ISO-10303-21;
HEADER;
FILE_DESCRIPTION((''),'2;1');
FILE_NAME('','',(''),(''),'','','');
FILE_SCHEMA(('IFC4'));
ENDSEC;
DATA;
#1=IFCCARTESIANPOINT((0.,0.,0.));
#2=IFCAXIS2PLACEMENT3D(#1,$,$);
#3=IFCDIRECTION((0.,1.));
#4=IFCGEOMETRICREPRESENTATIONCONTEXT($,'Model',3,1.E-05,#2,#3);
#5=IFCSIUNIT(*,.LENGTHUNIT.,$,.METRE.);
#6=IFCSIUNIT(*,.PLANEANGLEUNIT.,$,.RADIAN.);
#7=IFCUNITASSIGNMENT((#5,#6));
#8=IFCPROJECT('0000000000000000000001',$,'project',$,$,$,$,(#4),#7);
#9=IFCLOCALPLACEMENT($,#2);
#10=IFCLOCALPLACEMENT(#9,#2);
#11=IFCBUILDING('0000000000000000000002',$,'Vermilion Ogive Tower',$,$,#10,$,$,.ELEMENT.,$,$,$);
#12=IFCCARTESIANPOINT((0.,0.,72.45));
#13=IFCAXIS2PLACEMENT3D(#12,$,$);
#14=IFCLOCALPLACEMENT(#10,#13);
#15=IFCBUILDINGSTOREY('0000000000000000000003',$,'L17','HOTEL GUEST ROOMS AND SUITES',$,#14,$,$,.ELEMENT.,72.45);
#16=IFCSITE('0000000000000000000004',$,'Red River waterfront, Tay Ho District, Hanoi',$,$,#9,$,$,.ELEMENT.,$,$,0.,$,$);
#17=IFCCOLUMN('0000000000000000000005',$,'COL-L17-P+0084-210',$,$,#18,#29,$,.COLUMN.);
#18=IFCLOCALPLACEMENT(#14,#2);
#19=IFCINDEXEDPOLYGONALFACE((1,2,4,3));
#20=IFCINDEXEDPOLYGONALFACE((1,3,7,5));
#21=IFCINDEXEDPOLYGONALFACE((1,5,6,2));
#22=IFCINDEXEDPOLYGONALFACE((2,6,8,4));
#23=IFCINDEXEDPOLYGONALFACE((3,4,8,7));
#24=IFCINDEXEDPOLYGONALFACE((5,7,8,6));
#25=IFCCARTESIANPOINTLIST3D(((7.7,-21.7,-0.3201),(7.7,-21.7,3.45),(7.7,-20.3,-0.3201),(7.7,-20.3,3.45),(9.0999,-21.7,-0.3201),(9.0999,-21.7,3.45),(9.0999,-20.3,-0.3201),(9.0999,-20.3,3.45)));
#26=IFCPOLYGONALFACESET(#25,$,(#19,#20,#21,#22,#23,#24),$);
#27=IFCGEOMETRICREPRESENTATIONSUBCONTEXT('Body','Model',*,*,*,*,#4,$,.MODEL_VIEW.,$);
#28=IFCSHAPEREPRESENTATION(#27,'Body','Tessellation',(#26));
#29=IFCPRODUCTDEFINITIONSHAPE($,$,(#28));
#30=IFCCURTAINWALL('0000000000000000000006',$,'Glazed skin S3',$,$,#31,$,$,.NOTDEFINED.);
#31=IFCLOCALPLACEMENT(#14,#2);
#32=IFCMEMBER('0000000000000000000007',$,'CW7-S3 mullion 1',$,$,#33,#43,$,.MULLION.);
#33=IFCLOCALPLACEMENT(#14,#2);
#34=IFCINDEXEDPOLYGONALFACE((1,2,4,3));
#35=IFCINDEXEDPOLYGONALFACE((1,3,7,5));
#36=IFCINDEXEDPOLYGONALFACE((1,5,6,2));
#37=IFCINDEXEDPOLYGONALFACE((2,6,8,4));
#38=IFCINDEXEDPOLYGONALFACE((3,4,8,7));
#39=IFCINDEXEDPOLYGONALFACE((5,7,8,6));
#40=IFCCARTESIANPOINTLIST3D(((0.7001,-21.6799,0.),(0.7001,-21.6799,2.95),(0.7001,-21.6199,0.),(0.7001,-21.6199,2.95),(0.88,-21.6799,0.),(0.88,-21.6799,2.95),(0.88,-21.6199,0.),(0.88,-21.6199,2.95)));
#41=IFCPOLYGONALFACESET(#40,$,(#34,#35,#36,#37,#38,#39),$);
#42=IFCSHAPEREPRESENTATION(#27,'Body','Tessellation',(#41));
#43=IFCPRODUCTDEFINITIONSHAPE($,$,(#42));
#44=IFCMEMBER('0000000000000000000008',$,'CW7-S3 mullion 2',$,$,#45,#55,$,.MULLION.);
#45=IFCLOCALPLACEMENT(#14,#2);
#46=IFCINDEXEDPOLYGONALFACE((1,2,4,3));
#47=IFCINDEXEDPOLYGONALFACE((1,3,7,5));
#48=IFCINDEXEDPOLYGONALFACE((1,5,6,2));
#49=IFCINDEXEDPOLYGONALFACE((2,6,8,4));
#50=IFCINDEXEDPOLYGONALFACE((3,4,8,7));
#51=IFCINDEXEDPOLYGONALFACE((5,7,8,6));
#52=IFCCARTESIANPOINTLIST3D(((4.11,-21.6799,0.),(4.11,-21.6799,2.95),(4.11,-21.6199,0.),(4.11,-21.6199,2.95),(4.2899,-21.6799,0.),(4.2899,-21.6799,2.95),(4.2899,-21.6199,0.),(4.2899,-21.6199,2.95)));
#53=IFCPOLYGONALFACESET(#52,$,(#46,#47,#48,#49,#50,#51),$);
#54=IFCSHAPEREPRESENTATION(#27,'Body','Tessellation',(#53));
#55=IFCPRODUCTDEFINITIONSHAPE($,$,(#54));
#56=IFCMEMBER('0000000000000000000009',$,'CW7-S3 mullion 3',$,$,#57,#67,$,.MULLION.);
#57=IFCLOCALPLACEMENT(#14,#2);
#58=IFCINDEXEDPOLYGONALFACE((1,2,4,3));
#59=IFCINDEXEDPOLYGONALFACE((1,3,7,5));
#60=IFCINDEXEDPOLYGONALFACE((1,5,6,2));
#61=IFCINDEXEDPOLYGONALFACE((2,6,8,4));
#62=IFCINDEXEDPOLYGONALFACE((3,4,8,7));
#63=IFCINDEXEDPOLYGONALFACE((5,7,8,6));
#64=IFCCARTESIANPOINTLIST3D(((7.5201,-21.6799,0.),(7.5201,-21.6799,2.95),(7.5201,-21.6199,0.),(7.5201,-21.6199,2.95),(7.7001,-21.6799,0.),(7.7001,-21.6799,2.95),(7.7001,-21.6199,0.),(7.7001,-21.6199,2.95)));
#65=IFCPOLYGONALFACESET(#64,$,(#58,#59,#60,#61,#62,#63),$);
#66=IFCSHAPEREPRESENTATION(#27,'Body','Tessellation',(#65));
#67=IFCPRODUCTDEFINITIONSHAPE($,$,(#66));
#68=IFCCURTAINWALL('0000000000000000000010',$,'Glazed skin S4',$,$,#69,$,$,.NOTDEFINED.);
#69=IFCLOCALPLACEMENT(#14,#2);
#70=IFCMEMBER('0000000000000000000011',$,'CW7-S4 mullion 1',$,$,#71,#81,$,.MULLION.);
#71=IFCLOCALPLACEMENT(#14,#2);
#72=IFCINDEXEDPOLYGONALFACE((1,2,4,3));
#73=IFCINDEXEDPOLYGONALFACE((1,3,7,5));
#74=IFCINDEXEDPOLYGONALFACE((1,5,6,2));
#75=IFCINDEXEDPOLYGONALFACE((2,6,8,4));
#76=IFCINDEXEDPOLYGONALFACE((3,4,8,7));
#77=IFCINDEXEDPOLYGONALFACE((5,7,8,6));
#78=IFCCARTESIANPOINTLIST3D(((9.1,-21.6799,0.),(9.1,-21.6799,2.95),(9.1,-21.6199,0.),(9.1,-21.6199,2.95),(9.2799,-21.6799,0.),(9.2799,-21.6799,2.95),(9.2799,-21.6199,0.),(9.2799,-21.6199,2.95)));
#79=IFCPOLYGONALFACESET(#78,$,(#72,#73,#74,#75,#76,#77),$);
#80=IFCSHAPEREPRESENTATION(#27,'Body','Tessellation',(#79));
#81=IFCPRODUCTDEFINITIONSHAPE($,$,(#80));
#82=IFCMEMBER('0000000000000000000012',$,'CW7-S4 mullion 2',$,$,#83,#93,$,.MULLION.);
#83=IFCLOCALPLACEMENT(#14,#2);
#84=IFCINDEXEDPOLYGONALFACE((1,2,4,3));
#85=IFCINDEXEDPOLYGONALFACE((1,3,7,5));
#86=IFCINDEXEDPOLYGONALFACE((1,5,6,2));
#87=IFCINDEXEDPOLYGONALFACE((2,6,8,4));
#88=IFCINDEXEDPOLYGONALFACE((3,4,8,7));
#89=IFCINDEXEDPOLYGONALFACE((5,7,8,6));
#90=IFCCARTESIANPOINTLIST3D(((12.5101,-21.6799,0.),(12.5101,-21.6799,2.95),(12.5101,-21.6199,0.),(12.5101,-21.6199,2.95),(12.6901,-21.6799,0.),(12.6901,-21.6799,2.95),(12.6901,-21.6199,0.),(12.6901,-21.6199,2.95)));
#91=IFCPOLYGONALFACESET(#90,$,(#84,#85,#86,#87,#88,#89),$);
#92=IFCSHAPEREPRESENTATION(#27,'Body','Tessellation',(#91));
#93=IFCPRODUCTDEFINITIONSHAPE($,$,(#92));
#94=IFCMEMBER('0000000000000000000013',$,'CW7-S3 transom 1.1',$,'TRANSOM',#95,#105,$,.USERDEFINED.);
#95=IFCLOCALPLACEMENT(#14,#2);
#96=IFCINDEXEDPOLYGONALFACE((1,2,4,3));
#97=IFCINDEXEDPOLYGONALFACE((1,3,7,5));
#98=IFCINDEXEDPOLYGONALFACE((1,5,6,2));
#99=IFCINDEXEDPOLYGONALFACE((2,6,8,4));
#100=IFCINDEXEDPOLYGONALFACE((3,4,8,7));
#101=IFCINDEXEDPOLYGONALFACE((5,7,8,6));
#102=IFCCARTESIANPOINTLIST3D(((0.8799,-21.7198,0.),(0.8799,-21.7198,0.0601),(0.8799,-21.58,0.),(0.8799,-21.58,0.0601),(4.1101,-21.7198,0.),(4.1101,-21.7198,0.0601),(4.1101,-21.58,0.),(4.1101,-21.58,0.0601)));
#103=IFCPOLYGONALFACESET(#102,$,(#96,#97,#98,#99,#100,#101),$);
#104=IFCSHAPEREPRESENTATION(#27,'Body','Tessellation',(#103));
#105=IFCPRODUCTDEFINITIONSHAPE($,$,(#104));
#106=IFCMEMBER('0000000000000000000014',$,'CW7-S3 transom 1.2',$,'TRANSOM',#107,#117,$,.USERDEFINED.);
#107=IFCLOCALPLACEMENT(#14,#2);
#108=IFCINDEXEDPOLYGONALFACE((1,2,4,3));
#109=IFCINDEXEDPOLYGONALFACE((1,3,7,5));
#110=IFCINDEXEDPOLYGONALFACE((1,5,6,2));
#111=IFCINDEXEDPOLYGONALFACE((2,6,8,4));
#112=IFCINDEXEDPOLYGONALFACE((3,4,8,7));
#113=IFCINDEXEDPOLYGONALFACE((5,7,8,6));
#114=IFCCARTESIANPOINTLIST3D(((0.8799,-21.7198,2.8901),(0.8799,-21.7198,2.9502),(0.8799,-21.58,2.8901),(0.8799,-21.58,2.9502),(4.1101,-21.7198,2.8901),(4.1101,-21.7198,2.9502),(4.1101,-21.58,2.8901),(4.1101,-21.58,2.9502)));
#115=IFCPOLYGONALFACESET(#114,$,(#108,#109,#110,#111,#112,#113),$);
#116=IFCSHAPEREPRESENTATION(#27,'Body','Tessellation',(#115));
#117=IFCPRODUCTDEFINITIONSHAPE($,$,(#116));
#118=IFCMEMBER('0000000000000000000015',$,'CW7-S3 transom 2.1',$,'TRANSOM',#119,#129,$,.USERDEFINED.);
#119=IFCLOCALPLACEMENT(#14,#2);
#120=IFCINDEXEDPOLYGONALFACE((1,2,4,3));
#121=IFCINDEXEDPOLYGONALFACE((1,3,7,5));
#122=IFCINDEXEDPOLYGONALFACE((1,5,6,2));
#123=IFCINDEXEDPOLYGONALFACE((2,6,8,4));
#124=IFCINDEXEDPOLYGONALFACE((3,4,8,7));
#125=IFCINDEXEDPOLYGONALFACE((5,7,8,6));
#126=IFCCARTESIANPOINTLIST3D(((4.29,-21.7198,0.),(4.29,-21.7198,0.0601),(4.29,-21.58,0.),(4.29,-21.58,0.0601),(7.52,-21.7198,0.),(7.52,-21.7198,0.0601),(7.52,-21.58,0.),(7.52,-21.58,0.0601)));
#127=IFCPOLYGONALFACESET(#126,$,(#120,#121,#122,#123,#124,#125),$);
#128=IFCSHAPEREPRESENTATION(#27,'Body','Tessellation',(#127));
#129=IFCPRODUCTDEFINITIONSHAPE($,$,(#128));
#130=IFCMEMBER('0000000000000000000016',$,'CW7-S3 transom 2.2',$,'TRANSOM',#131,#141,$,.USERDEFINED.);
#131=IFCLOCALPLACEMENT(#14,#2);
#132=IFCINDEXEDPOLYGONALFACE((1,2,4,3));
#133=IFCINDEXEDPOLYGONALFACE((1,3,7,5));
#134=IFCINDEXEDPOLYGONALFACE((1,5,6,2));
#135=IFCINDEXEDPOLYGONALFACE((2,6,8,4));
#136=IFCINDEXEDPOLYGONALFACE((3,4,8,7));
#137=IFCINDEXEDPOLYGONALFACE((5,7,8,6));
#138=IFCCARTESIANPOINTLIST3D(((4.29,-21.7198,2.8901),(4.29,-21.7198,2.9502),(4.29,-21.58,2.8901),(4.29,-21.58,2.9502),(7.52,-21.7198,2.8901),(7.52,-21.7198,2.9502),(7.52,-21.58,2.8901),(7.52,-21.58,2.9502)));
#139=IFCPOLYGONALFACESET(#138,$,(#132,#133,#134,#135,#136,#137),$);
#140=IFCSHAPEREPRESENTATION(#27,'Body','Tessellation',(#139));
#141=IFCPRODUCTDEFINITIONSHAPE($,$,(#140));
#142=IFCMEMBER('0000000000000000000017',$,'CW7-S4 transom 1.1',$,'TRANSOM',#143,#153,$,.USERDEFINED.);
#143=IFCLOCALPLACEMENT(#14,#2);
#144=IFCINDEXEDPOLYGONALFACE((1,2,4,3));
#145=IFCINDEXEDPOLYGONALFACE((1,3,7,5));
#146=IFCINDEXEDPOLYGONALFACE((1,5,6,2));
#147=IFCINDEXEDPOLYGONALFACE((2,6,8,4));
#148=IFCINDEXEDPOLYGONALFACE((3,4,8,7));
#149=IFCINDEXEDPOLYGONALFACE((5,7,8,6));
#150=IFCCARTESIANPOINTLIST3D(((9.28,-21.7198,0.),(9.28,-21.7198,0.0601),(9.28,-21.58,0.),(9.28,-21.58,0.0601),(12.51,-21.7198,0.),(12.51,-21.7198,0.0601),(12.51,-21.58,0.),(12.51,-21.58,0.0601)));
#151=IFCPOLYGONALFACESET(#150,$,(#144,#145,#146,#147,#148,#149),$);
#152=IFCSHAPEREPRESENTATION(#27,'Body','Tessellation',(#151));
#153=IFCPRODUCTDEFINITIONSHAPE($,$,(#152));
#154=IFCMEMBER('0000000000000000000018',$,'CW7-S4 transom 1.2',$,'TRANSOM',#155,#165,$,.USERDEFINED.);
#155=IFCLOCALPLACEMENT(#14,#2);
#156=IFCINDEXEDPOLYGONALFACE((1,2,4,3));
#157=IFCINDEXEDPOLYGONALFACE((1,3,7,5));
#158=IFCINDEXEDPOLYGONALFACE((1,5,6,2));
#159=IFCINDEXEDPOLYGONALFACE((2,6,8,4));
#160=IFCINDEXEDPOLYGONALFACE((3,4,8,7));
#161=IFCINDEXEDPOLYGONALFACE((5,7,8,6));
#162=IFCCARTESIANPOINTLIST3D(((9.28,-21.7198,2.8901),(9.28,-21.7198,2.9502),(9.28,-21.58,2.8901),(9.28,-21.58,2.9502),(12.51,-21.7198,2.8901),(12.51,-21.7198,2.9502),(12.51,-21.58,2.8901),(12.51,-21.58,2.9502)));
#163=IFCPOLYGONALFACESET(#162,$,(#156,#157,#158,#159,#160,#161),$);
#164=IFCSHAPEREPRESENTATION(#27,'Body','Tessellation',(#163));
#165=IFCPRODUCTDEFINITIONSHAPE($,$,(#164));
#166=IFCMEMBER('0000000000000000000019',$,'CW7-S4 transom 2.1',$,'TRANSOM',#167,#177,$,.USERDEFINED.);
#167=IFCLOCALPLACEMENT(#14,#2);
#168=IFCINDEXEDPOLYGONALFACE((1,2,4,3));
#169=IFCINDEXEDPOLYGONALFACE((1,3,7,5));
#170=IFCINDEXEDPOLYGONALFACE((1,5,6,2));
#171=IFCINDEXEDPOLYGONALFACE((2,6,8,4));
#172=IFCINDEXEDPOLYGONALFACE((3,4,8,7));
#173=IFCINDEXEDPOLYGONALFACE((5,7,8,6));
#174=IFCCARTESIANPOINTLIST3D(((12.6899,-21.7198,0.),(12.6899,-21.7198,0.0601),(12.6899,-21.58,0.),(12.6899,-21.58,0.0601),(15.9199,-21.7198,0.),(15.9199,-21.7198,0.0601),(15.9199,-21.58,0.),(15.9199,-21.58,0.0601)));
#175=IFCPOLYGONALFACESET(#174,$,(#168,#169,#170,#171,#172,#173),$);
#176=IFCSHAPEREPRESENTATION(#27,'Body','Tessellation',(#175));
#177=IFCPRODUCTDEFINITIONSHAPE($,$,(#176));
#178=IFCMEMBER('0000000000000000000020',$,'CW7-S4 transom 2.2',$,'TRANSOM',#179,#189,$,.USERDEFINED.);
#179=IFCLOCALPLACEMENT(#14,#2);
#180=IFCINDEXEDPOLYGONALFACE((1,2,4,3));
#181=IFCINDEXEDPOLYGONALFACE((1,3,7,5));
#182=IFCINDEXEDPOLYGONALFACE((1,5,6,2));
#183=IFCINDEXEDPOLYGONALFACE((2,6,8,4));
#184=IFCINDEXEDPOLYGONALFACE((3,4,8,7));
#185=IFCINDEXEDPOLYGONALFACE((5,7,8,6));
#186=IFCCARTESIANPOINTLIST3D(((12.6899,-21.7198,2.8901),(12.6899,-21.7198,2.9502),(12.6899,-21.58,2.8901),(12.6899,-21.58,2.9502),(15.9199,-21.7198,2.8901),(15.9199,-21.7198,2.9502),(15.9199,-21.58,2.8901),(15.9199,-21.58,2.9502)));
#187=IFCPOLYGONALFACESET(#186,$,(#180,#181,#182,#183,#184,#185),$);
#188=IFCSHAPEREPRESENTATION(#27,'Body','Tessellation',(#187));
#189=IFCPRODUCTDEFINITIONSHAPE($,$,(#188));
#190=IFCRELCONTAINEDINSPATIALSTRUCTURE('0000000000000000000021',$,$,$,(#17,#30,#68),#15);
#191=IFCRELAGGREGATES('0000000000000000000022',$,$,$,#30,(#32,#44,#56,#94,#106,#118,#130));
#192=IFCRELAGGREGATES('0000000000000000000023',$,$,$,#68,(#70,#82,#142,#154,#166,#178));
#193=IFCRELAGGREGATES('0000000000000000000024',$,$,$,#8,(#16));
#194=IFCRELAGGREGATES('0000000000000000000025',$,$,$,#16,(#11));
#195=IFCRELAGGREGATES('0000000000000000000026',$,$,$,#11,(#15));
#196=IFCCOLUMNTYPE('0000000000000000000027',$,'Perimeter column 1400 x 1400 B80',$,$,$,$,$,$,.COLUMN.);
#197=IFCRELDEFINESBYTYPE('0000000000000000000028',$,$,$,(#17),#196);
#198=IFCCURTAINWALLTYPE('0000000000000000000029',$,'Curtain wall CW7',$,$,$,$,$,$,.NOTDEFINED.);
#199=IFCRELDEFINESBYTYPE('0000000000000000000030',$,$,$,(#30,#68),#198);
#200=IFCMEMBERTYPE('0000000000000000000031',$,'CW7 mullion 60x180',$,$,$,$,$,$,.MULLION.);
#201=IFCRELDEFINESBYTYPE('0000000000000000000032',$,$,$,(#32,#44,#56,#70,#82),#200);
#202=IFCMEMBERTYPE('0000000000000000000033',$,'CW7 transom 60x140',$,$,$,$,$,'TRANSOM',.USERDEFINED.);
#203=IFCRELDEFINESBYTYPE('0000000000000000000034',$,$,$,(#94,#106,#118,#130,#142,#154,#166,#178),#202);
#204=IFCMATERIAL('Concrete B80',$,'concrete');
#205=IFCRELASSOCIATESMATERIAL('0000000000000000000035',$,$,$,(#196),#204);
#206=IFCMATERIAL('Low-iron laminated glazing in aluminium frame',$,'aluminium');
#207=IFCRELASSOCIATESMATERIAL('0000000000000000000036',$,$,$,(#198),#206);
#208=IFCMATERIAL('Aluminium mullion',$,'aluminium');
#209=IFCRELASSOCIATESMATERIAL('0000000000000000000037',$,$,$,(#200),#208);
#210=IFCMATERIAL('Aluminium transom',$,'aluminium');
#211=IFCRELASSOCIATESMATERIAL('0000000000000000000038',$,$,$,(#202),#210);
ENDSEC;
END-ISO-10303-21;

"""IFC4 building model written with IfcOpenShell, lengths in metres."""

from ifc_helpers import new_model, si_unit, direction, frame, origin, origin_2d, place, context, subcontext, project, spatial, rectangle, extrude, material, material_profile, profile_set, type_object, element, aggregate, save


model = new_model("IFC4")

# Units and contexts
model_context = context("Model", 3, precision=1e-05, world=origin(), true_north=direction((0.0, 1.0)))
body_context = subcontext(model_context, "Body", "Model", "MODEL_VIEW")
ifc_project = project(units=[si_unit("LENGTHUNIT", "METRE"), si_unit("PLANEANGLEUNIT", "RADIAN")], contexts=[model_context])

# Site, building, storey
site_placement = place(None, origin())
site = spatial("IfcSite", under=ifc_project, at=site_placement, Name="Red River waterfront, Tay Ho District, Hanoi", CompositionType="ELEMENT", RefElevation=0.0)
building_placement = place(site_placement, origin())
building = spatial("IfcBuilding", under=site, at=building_placement, Name="Vermilion Ogive Tower", CompositionType="ELEMENT")
storey_placement = place(building_placement, frame((0.0, 0.0, 72.45)))
storey = spatial("IfcBuildingStorey", under=building, at=storey_placement, Name="L17", Description="HOTEL GUEST ROOMS AND SUITES", CompositionType="ELEMENT", Elevation=72.45)

# Column
ifc_material_1 = material(Name="Concrete B80", Category="concrete")
ifc_material_profile_1 = material_profile(ifc_material_1, rectangle(XDim=1.3999, YDim=1.3999, at=origin_2d()), Name="1400 x 1400")
ifc_profile_set_1 = profile_set([ifc_material_profile_1], Name="Concrete B80")
column_type = type_object("IfcColumnType", Name="Perimeter column 1400 x 1400 B80", PredefinedType="COLUMN", material=ifc_profile_set_1)
column_placement = place(storey_placement, frame((8.3999, -21.0, -0.3201), z_axis=(0.0, 0.0, 1.0), x_axis=(1.0, 0.0, 0.0)))
element("IfcColumn", 1, at=column_placement, inside=storey, type_object=column_type, Name="COL-L17-P+0084-210", PredefinedType="COLUMN", context=body_context, shape_type="SweptSolid", body=[
    extrude(rectangle(XDim=1.3999, YDim=1.3999, at=origin_2d()), origin(), (0.0, 0.0, 1.0), 3.77),
])

# Curtain walls, members
ifc_material_2 = material(Name="Low-iron laminated glazing in aluminium frame", Category="aluminium")
curtain_wall_type = type_object("IfcCurtainWallType", Name="Curtain wall CW7", PredefinedType="NOTDEFINED", material=ifc_material_2)
curtain_wall_1_placement = place(storey_placement, origin())
curtain_wall_1 = element("IfcCurtainWall", 2, at=curtain_wall_1_placement, inside=storey, type_object=curtain_wall_type, Name="Glazed skin S3", PredefinedType="NOTDEFINED")
ifc_material_3 = material(Name="Aluminium mullion", Category="aluminium")
ifc_material_profile_2 = material_profile(ifc_material_3, rectangle(XDim=0.0601, YDim=0.1799, at=origin_2d()), Name="AL 60x180")
ifc_profile_set_2 = profile_set([ifc_material_profile_2], Name="Aluminium mullion")
member_type_1 = type_object("IfcMemberType", Name="CW7 mullion 60x180", PredefinedType="MULLION", material=ifc_profile_set_2)
member_1_placement = place(storey_placement, frame((0.79, -21.6499, 0.0), z_axis=(0.0, 0.0, 1.0), x_axis=(0.0, 1.0, 0.0)))
member_1 = element("IfcMember", 3, at=member_1_placement, type_object=member_type_1, Name="CW7-S3 mullion 1", PredefinedType="MULLION", context=body_context, shape_type="SweptSolid", body=[
    extrude(rectangle(XDim=0.0601, YDim=0.1799, at=origin_2d()), origin(), (0.0, 0.0, 1.0), 2.95),
])
member_2_placement = place(storey_placement, frame((4.2, -21.6499, 0.0), z_axis=(0.0, 0.0, 1.0), x_axis=(0.0, 1.0, 0.0)))
member_2 = element("IfcMember", 4, at=member_2_placement, type_object=member_type_1, Name="CW7-S3 mullion 2", PredefinedType="MULLION", context=body_context, shape_type="SweptSolid", body=[
    extrude(rectangle(XDim=0.0601, YDim=0.1799, at=origin_2d()), origin(), (0.0, 0.0, 1.0), 2.95),
])
member_3_placement = place(storey_placement, frame((7.6101, -21.6499, 0.0), z_axis=(0.0, 0.0, 1.0), x_axis=(0.0, 1.0, 0.0)))
member_3 = element("IfcMember", 5, at=member_3_placement, type_object=member_type_1, Name="CW7-S3 mullion 3", PredefinedType="MULLION", context=body_context, shape_type="SweptSolid", body=[
    extrude(rectangle(XDim=0.0601, YDim=0.1799, at=origin_2d()), origin(), (0.0, 0.0, 1.0), 2.95),
])
curtain_wall_2_placement = place(storey_placement, origin())
curtain_wall_2 = element("IfcCurtainWall", 6, at=curtain_wall_2_placement, inside=storey, type_object=curtain_wall_type, Name="Glazed skin S4", PredefinedType="NOTDEFINED")
member_4_placement = place(storey_placement, frame((9.1899, -21.6499, 0.0), z_axis=(0.0, 0.0, 1.0), x_axis=(0.0, 1.0, 0.0)))
member_4 = element("IfcMember", 7, at=member_4_placement, type_object=member_type_1, Name="CW7-S4 mullion 1", PredefinedType="MULLION", context=body_context, shape_type="SweptSolid", body=[
    extrude(rectangle(XDim=0.0601, YDim=0.1799, at=origin_2d()), origin(), (0.0, 0.0, 1.0), 2.95),
])
member_5_placement = place(storey_placement, frame((12.6001, -21.6499, 0.0), z_axis=(0.0, 0.0, 1.0), x_axis=(0.0, 1.0, 0.0)))
member_5 = element("IfcMember", 8, at=member_5_placement, type_object=member_type_1, Name="CW7-S4 mullion 2", PredefinedType="MULLION", context=body_context, shape_type="SweptSolid", body=[
    extrude(rectangle(XDim=0.0601, YDim=0.1799, at=origin_2d()), origin(), (0.0, 0.0, 1.0), 2.95),
])

# Members
ifc_material_4 = material(Name="Aluminium transom", Category="aluminium")
ifc_material_profile_3 = material_profile(ifc_material_4, rectangle(XDim=0.1399, YDim=0.0601, at=origin_2d()), Name="AL 60x140")
ifc_profile_set_3 = profile_set([ifc_material_profile_3], Name="Aluminium transom")
member_type_2 = type_object("IfcMemberType", Name="CW7 transom 60x140", ElementType="TRANSOM", PredefinedType="USERDEFINED", material=ifc_profile_set_3)
member_6_placement = place(storey_placement, frame((0.8799, -21.6499, 0.03), z_axis=(1.0, 0.0, 0.0), x_axis=(0.0, 1.0, 0.0)))
member_6 = element("IfcMember", 9, at=member_6_placement, type_object=member_type_2, Name="CW7-S3 transom 1.1", ObjectType="TRANSOM", PredefinedType="USERDEFINED", context=body_context, shape_type="SweptSolid", body=[
    extrude(rectangle(XDim=0.1399, YDim=0.0601, at=origin_2d()), origin(), (0.0, 0.0, 1.0), 3.2302),
])
member_7_placement = place(storey_placement, frame((0.8799, -21.6499, 2.9202), z_axis=(1.0, 0.0, 0.0), x_axis=(0.0, 1.0, 0.0)))
member_7 = element("IfcMember", 10, at=member_7_placement, type_object=member_type_2, Name="CW7-S3 transom 1.2", ObjectType="TRANSOM", PredefinedType="USERDEFINED", context=body_context, shape_type="SweptSolid", body=[
    extrude(rectangle(XDim=0.1399, YDim=0.0601, at=origin_2d()), origin(), (0.0, 0.0, 1.0), 3.2302),
])
member_8_placement = place(storey_placement, frame((4.29, -21.6499, 0.03), z_axis=(1.0, 0.0, 0.0), x_axis=(0.0, 1.0, 0.0)))
member_8 = element("IfcMember", 11, at=member_8_placement, type_object=member_type_2, Name="CW7-S3 transom 2.1", ObjectType="TRANSOM", PredefinedType="USERDEFINED", context=body_context, shape_type="SweptSolid", body=[
    extrude(rectangle(XDim=0.1399, YDim=0.0601, at=origin_2d()), origin(), (0.0, 0.0, 1.0), 3.23),
])
member_9_placement = place(storey_placement, frame((4.29, -21.6499, 2.9202), z_axis=(1.0, 0.0, 0.0), x_axis=(0.0, 1.0, 0.0)))
member_9 = element("IfcMember", 12, at=member_9_placement, type_object=member_type_2, Name="CW7-S3 transom 2.2", ObjectType="TRANSOM", PredefinedType="USERDEFINED", context=body_context, shape_type="SweptSolid", body=[
    extrude(rectangle(XDim=0.1399, YDim=0.0601, at=origin_2d()), origin(), (0.0, 0.0, 1.0), 3.23),
])
member_10_placement = place(storey_placement, frame((9.28, -21.6499, 0.03), z_axis=(1.0, 0.0, 0.0), x_axis=(0.0, 1.0, 0.0)))
member_10 = element("IfcMember", 13, at=member_10_placement, type_object=member_type_2, Name="CW7-S4 transom 1.1", ObjectType="TRANSOM", PredefinedType="USERDEFINED", context=body_context, shape_type="SweptSolid", body=[
    extrude(rectangle(XDim=0.1399, YDim=0.0601, at=origin_2d()), origin(), (0.0, 0.0, 1.0), 3.23),
])
member_11_placement = place(storey_placement, frame((9.28, -21.6499, 2.9202), z_axis=(1.0, 0.0, 0.0), x_axis=(0.0, 1.0, 0.0)))
member_11 = element("IfcMember", 14, at=member_11_placement, type_object=member_type_2, Name="CW7-S4 transom 1.2", ObjectType="TRANSOM", PredefinedType="USERDEFINED", context=body_context, shape_type="SweptSolid", body=[
    extrude(rectangle(XDim=0.1399, YDim=0.0601, at=origin_2d()), origin(), (0.0, 0.0, 1.0), 3.23),
])
member_12_placement = place(storey_placement, frame((12.6899, -21.6499, 0.03), z_axis=(1.0, 0.0, 0.0), x_axis=(0.0, 1.0, 0.0)))
member_12 = element("IfcMember", 15, at=member_12_placement, type_object=member_type_2, Name="CW7-S4 transom 2.1", ObjectType="TRANSOM", PredefinedType="USERDEFINED", context=body_context, shape_type="SweptSolid", body=[
    extrude(rectangle(XDim=0.1399, YDim=0.0601, at=origin_2d()), origin(), (0.0, 0.0, 1.0), 3.23),
])
member_13_placement = place(storey_placement, frame((12.6899, -21.6499, 2.9202), z_axis=(1.0, 0.0, 0.0), x_axis=(0.0, 1.0, 0.0)))
member_13 = element("IfcMember", 16, at=member_13_placement, type_object=member_type_2, Name="CW7-S4 transom 2.2", ObjectType="TRANSOM", PredefinedType="USERDEFINED", context=body_context, shape_type="SweptSolid", body=[
    extrude(rectangle(XDim=0.1399, YDim=0.0601, at=origin_2d()), origin(), (0.0, 0.0, 1.0), 3.23),
])

aggregate(curtain_wall_1, [member_1, member_2, member_3, member_6, member_7, member_8, member_9])
aggregate(curtain_wall_2, [member_4, member_5, member_10, member_11, member_12, member_13])

save(model, "model.ifc")
